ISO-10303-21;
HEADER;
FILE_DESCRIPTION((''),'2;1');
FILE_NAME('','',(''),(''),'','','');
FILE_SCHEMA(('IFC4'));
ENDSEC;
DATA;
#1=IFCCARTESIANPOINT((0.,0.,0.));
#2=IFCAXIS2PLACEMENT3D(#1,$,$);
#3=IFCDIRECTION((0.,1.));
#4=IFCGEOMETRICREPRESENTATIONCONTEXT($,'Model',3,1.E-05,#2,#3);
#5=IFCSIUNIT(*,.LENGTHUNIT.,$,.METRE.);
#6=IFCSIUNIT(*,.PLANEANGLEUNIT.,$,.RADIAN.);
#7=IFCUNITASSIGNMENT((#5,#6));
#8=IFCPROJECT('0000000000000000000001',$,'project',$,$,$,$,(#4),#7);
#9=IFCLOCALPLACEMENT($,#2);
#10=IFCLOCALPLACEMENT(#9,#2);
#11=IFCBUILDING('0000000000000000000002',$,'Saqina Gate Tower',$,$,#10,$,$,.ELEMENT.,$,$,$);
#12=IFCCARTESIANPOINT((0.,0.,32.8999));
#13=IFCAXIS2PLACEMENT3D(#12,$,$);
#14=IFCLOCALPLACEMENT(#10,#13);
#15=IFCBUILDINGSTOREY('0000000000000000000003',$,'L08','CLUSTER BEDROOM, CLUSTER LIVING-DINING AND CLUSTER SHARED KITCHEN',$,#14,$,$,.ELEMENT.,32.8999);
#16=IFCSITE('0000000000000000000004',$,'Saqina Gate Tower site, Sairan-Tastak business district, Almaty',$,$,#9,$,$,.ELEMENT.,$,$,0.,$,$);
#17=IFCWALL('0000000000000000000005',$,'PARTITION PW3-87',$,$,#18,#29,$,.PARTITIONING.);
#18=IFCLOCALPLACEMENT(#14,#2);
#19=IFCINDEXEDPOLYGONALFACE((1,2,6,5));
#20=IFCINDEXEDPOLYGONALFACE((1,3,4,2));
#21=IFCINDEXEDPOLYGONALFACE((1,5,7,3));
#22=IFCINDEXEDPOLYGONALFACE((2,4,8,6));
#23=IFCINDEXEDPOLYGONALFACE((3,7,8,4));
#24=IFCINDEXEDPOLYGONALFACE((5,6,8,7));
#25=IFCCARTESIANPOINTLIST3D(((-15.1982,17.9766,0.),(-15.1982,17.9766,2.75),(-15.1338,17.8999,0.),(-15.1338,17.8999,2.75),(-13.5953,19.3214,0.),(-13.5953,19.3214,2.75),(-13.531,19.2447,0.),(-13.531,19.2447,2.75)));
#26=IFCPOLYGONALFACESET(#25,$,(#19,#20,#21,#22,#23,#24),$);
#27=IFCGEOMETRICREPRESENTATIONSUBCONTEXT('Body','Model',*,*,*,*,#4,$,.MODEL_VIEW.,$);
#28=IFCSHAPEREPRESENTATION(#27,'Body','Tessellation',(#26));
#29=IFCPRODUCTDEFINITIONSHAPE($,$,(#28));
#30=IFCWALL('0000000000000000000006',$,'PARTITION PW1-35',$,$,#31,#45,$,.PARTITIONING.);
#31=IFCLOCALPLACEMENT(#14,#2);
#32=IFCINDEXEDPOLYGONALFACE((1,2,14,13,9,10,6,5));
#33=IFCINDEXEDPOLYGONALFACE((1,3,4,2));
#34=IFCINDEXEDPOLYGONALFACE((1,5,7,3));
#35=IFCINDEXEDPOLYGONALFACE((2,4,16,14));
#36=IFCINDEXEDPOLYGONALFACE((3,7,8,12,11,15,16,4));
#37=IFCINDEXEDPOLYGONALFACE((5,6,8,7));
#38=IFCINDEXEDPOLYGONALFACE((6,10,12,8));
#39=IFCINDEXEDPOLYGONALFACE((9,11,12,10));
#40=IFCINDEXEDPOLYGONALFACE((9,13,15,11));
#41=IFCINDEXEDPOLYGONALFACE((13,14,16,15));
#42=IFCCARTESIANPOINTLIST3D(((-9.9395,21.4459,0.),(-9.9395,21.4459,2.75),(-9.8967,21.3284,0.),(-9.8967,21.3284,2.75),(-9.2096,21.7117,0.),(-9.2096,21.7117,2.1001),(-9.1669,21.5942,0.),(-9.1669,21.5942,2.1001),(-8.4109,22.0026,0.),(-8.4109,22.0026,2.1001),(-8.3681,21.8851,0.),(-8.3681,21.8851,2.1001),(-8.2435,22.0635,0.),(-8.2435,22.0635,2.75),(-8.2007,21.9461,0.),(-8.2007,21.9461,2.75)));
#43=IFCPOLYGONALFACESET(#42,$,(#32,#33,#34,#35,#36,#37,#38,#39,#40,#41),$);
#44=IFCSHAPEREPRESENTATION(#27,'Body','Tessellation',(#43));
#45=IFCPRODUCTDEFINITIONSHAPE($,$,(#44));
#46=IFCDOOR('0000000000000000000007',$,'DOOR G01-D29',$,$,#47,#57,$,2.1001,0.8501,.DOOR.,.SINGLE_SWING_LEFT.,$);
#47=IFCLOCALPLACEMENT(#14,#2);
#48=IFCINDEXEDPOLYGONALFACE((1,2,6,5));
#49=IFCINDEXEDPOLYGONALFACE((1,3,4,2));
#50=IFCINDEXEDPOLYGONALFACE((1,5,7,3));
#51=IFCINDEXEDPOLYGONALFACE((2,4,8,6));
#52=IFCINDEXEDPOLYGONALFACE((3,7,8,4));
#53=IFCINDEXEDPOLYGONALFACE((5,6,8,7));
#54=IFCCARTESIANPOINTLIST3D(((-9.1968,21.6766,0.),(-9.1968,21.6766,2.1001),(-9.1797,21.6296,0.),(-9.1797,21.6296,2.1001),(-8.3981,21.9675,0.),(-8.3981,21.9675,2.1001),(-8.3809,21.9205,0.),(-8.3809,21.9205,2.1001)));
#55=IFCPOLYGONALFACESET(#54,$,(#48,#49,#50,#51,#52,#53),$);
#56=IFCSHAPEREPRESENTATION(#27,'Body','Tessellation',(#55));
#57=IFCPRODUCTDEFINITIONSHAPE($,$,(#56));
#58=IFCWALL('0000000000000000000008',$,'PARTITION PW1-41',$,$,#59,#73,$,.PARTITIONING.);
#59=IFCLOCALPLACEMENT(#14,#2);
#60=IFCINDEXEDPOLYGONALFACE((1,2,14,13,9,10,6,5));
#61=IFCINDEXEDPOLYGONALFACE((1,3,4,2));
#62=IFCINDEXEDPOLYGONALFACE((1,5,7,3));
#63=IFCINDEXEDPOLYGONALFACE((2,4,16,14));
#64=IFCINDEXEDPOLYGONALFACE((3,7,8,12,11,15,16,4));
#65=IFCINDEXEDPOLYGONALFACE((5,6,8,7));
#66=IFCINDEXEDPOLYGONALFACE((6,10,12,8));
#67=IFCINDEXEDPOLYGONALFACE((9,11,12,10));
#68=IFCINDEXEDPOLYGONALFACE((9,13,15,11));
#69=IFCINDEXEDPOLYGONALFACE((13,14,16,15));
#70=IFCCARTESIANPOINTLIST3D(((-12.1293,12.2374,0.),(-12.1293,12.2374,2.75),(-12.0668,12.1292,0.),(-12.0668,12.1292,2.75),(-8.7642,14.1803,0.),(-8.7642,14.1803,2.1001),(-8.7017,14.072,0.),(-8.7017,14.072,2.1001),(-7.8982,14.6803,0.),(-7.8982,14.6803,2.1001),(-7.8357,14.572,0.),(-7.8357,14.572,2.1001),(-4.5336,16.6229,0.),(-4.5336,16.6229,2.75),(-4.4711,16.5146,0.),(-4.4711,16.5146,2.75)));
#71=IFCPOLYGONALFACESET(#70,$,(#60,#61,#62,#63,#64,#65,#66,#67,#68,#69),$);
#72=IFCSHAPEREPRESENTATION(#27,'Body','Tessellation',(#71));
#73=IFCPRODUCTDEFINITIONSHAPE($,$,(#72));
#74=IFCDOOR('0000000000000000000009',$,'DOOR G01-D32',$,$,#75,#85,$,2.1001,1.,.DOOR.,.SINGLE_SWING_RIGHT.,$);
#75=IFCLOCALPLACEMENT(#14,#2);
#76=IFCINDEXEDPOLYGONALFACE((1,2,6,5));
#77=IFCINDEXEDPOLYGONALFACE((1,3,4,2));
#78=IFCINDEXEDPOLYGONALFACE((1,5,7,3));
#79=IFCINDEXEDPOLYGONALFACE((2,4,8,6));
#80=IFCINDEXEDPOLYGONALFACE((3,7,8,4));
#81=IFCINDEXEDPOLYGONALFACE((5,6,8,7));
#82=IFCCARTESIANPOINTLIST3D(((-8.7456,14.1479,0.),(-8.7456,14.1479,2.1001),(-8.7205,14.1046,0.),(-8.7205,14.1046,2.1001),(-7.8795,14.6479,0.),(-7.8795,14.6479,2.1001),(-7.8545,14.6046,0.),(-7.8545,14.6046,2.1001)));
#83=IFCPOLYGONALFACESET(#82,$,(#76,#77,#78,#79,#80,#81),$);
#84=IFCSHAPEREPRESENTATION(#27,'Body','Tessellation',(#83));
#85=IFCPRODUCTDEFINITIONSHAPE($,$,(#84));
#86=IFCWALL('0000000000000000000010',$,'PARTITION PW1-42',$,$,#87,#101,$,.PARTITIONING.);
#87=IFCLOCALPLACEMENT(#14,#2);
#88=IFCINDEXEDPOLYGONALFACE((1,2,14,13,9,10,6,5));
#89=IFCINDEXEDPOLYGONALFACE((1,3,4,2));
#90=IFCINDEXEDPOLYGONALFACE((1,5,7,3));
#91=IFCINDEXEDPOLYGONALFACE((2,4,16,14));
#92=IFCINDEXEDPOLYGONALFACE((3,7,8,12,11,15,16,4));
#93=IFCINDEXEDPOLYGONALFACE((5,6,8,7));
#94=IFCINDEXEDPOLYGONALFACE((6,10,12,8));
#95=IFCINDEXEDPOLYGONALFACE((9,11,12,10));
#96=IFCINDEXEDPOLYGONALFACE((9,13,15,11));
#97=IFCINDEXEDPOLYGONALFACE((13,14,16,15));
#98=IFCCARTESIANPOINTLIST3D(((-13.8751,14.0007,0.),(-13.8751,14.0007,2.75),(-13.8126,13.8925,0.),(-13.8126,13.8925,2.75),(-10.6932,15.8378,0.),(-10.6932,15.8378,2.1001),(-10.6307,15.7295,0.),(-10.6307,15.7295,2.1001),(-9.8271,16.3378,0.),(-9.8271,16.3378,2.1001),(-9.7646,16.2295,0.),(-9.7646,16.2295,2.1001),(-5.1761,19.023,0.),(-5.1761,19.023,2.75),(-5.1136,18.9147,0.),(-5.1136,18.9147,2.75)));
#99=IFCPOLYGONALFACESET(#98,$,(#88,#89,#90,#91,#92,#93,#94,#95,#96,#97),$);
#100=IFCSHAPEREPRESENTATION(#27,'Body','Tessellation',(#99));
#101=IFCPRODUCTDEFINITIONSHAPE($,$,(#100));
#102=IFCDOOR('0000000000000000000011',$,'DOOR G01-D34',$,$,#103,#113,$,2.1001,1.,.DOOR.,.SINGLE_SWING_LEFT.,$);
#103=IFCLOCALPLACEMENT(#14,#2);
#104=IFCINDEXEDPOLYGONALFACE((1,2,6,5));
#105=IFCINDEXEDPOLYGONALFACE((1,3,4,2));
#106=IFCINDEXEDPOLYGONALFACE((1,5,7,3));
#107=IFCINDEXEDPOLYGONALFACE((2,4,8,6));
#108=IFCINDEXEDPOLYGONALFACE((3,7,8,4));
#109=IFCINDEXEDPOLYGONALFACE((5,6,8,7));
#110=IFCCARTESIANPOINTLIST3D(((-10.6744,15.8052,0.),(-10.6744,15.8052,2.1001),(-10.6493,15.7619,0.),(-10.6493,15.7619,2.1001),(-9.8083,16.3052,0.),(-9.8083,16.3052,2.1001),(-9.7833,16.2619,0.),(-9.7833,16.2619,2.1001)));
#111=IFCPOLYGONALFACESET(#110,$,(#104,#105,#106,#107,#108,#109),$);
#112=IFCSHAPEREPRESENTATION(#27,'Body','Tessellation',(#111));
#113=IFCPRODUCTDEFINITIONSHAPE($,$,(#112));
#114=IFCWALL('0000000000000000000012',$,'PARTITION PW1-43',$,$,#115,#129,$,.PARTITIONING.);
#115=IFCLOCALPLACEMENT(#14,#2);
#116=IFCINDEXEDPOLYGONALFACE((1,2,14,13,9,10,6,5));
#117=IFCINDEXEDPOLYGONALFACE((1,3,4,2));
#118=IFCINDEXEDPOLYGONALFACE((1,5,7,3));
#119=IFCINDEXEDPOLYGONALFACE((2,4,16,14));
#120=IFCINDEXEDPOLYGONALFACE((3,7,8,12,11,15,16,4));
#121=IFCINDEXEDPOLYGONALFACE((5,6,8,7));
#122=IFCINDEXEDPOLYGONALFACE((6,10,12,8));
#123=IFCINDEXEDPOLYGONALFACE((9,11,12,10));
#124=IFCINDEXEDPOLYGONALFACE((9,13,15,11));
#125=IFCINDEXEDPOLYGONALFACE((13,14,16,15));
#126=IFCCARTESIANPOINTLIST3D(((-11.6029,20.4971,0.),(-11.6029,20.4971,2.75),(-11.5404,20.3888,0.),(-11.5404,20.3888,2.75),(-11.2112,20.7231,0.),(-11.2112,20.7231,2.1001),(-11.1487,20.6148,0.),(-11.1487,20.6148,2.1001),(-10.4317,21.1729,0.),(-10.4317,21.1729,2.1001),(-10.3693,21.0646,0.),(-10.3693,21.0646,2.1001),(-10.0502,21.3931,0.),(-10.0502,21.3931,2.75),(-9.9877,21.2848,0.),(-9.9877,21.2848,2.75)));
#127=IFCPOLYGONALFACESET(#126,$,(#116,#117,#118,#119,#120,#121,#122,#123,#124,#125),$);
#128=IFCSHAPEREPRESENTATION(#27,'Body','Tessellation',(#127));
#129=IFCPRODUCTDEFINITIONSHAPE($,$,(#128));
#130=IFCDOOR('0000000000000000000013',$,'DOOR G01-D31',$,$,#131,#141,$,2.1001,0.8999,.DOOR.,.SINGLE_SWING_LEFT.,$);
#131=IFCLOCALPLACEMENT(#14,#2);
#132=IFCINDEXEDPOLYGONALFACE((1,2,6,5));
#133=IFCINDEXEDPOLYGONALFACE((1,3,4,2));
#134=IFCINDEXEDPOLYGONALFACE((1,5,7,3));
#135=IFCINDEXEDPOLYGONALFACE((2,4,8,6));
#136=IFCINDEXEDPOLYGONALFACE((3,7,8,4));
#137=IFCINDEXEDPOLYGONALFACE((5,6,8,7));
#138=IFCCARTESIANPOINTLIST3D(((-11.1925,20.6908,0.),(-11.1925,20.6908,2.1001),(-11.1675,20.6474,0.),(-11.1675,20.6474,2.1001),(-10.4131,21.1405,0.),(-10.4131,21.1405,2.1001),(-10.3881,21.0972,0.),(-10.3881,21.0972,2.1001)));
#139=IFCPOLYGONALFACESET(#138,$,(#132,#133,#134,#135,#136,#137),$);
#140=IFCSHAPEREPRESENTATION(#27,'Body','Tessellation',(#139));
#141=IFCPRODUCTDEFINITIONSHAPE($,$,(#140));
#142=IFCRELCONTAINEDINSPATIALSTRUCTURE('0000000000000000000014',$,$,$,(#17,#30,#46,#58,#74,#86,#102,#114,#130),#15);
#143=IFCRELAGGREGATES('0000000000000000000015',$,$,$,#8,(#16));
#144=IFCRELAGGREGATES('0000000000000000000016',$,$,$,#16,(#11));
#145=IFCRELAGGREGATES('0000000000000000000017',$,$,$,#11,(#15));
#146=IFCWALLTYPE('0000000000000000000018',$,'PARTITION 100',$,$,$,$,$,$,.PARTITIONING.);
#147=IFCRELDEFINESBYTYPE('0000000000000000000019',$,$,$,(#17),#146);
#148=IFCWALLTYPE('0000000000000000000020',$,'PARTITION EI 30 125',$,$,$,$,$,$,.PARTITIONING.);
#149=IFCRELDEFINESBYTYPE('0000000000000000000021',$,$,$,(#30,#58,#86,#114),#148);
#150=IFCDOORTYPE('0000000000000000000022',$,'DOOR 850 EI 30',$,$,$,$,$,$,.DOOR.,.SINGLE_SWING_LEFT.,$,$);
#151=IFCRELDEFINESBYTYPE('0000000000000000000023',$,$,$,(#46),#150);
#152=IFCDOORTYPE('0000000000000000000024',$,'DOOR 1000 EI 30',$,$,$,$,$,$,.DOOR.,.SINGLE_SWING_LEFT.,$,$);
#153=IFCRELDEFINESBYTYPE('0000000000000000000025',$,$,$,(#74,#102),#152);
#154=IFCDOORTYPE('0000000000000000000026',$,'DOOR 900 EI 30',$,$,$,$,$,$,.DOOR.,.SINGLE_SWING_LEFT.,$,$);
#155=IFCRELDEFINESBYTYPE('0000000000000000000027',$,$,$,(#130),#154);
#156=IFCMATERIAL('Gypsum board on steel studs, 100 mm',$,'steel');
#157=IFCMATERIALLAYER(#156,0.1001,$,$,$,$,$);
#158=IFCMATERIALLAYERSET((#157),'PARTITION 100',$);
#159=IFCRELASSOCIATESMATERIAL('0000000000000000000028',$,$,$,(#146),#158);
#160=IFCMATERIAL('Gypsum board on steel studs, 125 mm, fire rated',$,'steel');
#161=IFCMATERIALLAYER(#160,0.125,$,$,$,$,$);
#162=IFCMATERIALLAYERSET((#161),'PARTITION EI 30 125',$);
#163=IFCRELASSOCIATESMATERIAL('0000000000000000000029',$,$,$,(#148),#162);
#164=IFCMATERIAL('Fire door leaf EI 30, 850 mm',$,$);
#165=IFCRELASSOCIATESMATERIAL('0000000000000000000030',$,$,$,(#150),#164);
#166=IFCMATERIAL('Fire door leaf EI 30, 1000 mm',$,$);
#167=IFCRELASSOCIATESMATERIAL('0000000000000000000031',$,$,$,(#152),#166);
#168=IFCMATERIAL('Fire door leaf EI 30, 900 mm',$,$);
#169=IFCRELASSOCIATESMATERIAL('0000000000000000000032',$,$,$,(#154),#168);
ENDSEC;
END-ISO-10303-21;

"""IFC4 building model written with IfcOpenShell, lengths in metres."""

from ifc_helpers import new_model, si_unit, direction, frame, frame_2d, origin, place, context, subcontext, project, spatial, rectangle, extrude, material, layer, layer_set, type_object, element, fill, save


model = new_model("IFC4")

# Units and contexts
model_context = context("Model", 3, precision=1e-05, world=origin(), true_north=direction((0.0, 1.0)))
body_context = subcontext(model_context, "Body", "Model", "MODEL_VIEW")
ifc_project = project(units=[si_unit("LENGTHUNIT", "METRE"), si_unit("PLANEANGLEUNIT", "RADIAN")], contexts=[model_context])

# Site, building, storey
site_placement = place(None, origin())
site = spatial("IfcSite", under=ifc_project, at=site_placement, Name="Saqina Gate Tower site, Sairan-Tastak business district, Almaty", CompositionType="ELEMENT", RefElevation=0.0)
building_placement = place(site_placement, origin())
building = spatial("IfcBuilding", under=site, at=building_placement, Name="Saqina Gate Tower", CompositionType="ELEMENT")
storey_placement = place(building_placement, frame((0.0, 0.0, 32.8999)))
storey = spatial("IfcBuildingStorey", under=building, at=storey_placement, Name="L08", Description="CLUSTER BEDROOM, CLUSTER LIVING-DINING AND CLUSTER SHARED KITCHEN", CompositionType="ELEMENT", Elevation=32.8999)

# Shared definitions
ifc_material_1 = material(Name="Gypsum board on steel studs, 100 mm", Category="steel")
ifc_layer_1 = layer(ifc_material_1, 0.1001)
ifc_layer_set_1 = layer_set([ifc_layer_1], Name="PARTITION 100")
wall_type_1 = type_object("IfcWallType", Name="PARTITION 100", PredefinedType="PARTITIONING", material=ifc_layer_set_1)

# Wall
wall_1_placement = place(storey_placement, frame((-15.166, 17.9382, 0.0), z_axis=(0.0, 0.0, 1.0), x_axis=(0.766084, 0.64274, 0.0)))
element("IfcWall", 1, at=wall_1_placement, inside=storey, type_object=wall_type_1, Name="PARTITION PW3-87", PredefinedType="PARTITIONING", context=body_context, shape_type="SweptSolid", body=[
    extrude(rectangle(XDim=2.0923, YDim=0.1001, at=frame_2d((1.0461, 0.0))), origin(), (0.0, 0.0, 1.0), 2.75),
])

# Walls, openings, doors
ifc_material_2 = material(Name="Gypsum board on steel studs, 125 mm, fire rated", Category="steel")
ifc_layer_2 = layer(ifc_material_2, 0.125)
ifc_layer_set_2 = layer_set([ifc_layer_2], Name="PARTITION EI 30 125")
wall_type_2 = type_object("IfcWallType", Name="PARTITION EI 30 125", PredefinedType="PARTITIONING", material=ifc_layer_set_2)
wall_2_placement = place(storey_placement, frame((-9.918, 21.3872, 0.0), z_axis=(0.0, 0.0, 1.0), x_axis=(0.939627, 0.342199, 0.0)))
wall_2 = element("IfcWall", 2, at=wall_2_placement, inside=storey, type_object=wall_type_2, Name="PARTITION PW1-35", PredefinedType="PARTITIONING", context=body_context, shape_type="SweptSolid", body=[
    extrude(rectangle(XDim=1.8049, YDim=0.125, at=frame_2d((0.9023, 0.0))), origin(), (0.0, 0.0, 1.0), 2.75),
])
opening_1_placement = place(wall_2_placement, frame((0.7766, 0.0, 0.0)))
opening_1 = element("IfcOpeningElement", 3, at=opening_1_placement, cuts=wall_2, PredefinedType="OPENING", context=body_context, shape_type="SweptSolid", body=[
    extrude(rectangle(XDim=0.8501, YDim=2.1001, at=frame_2d((0.425, 1.05))), frame((0.0, 0.0745, 0.0), z_axis=(0.0, -1.0, 0.0), x_axis=(1.0, 0.0, 0.0)), (0.0, 0.0, 1.0), 0.1489),
])
ifc_material_3 = material(Name="Fire door leaf EI 30, 850 mm")
door_type_1 = type_object("IfcDoorType", Name="DOOR 850 EI 30", OperationType="SINGLE_SWING_LEFT", PredefinedType="DOOR", material=ifc_material_3)
door_1_placement = place(opening_1_placement, frame((0.8501, 0.0, 0.0), z_axis=(0.0, 0.0, 1.0), x_axis=(-1.0, 0.0, 0.0)))
door_1 = element("IfcDoor", 4, at=door_1_placement, inside=storey, type_object=door_type_1, Name="DOOR G01-D29", OperationType="SINGLE_SWING_LEFT", OverallHeight=2.1001, OverallWidth=0.8501, PredefinedType="DOOR", context=body_context, shape_type="SweptSolid", body=[
    extrude(rectangle(XDim=0.8501, YDim=2.1001, at=frame_2d((0.425, 1.05))), frame((0.0, 0.0249, 0.0), z_axis=(0.0, -1.0, 0.0), x_axis=(1.0, 0.0, 0.0)), (0.0, 0.0, 1.0), 0.05),
])
fill(opening_1, door_1)
wall_3_placement = place(storey_placement, frame((-12.0979, 12.1833, 0.0), z_axis=(0.0, 0.0, 1.0), x_axis=(0.86602, 0.50001, 0.0)))
wall_3 = element("IfcWall", 5, at=wall_3_placement, inside=storey, type_object=wall_type_2, Name="PARTITION PW1-41", PredefinedType="PARTITIONING", context=body_context, shape_type="SweptSolid", body=[
    extrude(rectangle(XDim=8.7708, YDim=0.125, at=frame_2d((4.3853, 0.0))), origin(), (0.0, 0.0, 1.0), 2.75),
])
opening_2_placement = place(wall_3_placement, frame((3.8855, 0.0, 0.0)))
opening_2 = element("IfcOpeningElement", 6, at=opening_2_placement, cuts=wall_3, PredefinedType="OPENING", context=body_context, shape_type="SweptSolid", body=[
    extrude(rectangle(XDim=1.0, YDim=2.1001, at=frame_2d((0.5, 1.05))), frame((0.0, 0.0745, 0.0), z_axis=(0.0, -1.0, 0.0), x_axis=(1.0, 0.0, 0.0)), (0.0, 0.0, 1.0), 0.1489),
])
ifc_material_4 = material(Name="Fire door leaf EI 30, 1000 mm")
door_type_2 = type_object("IfcDoorType", Name="DOOR 1000 EI 30", OperationType="SINGLE_SWING_LEFT", PredefinedType="DOOR", material=ifc_material_4)
door_2_placement = place(opening_2_placement, frame((1.0, 0.0, 0.0), z_axis=(0.0, 0.0, 1.0), x_axis=(-1.0, 0.0, 0.0)))
door_2 = element("IfcDoor", 7, at=door_2_placement, inside=storey, type_object=door_type_2, Name="DOOR G01-D32", OperationType="SINGLE_SWING_RIGHT", OverallHeight=2.1001, OverallWidth=1.0, PredefinedType="DOOR", context=body_context, shape_type="SweptSolid", body=[
    extrude(rectangle(XDim=1.0, YDim=2.1001, at=frame_2d((0.5, 1.05))), frame((0.0, 0.0249, 0.0), z_axis=(0.0, -1.0, 0.0), x_axis=(1.0, 0.0, 0.0)), (0.0, 0.0, 1.0), 0.05),
])
fill(opening_2, door_2)
wall_4_placement = place(storey_placement, frame((-13.844, 13.9465, 0.0), z_axis=(0.0, 0.0, 1.0), x_axis=(0.866031, 0.49999, 0.0)))
wall_4 = element("IfcWall", 8, at=wall_4_placement, inside=storey, type_object=wall_type_2, Name="PARTITION PW1-42", PredefinedType="PARTITIONING", context=body_context, shape_type="SweptSolid", body=[
    extrude(rectangle(XDim=10.0447, YDim=0.125, at=frame_2d((5.0225, 0.0))), origin(), (0.0, 0.0, 1.0), 2.75),
])
opening_3_placement = place(wall_4_placement, frame((3.6743, 0.0, 0.0)))
opening_3 = element("IfcOpeningElement", 9, at=opening_3_placement, cuts=wall_4, PredefinedType="OPENING", context=body_context, shape_type="SweptSolid", body=[
    extrude(rectangle(XDim=1.0, YDim=2.1001, at=frame_2d((0.5, 1.05))), frame((0.0, 0.0745, 0.0), z_axis=(0.0, -1.0, 0.0), x_axis=(1.0, 0.0, 0.0)), (0.0, 0.0, 1.0), 0.1489),
])
door_3_placement = place(opening_3_placement, origin())
door_3 = element("IfcDoor", 10, at=door_3_placement, inside=storey, type_object=door_type_2, Name="DOOR G01-D34", OperationType="SINGLE_SWING_LEFT", OverallHeight=2.1001, OverallWidth=1.0, PredefinedType="DOOR", context=body_context, shape_type="SweptSolid", body=[
    extrude(rectangle(XDim=1.0, YDim=2.1001, at=frame_2d((0.5, 1.05))), frame((0.0, 0.0249, 0.0), z_axis=(0.0, -1.0, 0.0), x_axis=(1.0, 0.0, 0.0)), (0.0, 0.0, 1.0), 0.05),
])
fill(opening_3, door_3)
wall_5_placement = place(storey_placement, frame((-11.5718, 20.4429, 0.0), z_axis=(0.0, 0.0, 1.0), x_axis=(0.86614, 0.499801, 0.0)))
wall_5 = element("IfcWall", 11, at=wall_5_placement, inside=storey, type_object=wall_type_2, Name="PARTITION PW1-43", PredefinedType="PARTITIONING", context=body_context, shape_type="SweptSolid", body=[
    extrude(rectangle(XDim=1.7927, YDim=0.125, at=frame_2d((0.8965, 0.0))), origin(), (0.0, 0.0, 1.0), 2.75),
])
opening_4_placement = place(wall_5_placement, frame((0.4524, 0.0, 0.0)))
opening_4 = element("IfcOpeningElement", 12, at=opening_4_placement, cuts=wall_5, PredefinedType="OPENING", context=body_context, shape_type="SweptSolid", body=[
    extrude(rectangle(XDim=0.8999, YDim=2.1001, at=frame_2d((0.45, 1.05))), frame((0.0, 0.0745, 0.0), z_axis=(0.0, -1.0, 0.0), x_axis=(1.0, 0.0, 0.0)), (0.0, 0.0, 1.0), 0.1489),
])
ifc_material_5 = material(Name="Fire door leaf EI 30, 900 mm")
door_type_3 = type_object("IfcDoorType", Name="DOOR 900 EI 30", OperationType="SINGLE_SWING_LEFT", PredefinedType="DOOR", material=ifc_material_5)
door_4_placement = place(opening_4_placement, frame((0.8999, 0.0, 0.0), z_axis=(0.0, 0.0, 1.0), x_axis=(-1.0, 0.0, 0.0)))
door_4 = element("IfcDoor", 13, at=door_4_placement, inside=storey, type_object=door_type_3, Name="DOOR G01-D31", OperationType="SINGLE_SWING_LEFT", OverallHeight=2.1001, OverallWidth=0.8999, PredefinedType="DOOR", context=body_context, shape_type="SweptSolid", body=[
    extrude(rectangle(XDim=0.8999, YDim=2.1001, at=frame_2d((0.45, 1.05))), frame((0.0, 0.0249, 0.0), z_axis=(0.0, -1.0, 0.0), x_axis=(1.0, 0.0, 0.0)), (0.0, 0.0, 1.0), 0.05),
])
fill(opening_4, door_4)

save(model, "model.ifc")
